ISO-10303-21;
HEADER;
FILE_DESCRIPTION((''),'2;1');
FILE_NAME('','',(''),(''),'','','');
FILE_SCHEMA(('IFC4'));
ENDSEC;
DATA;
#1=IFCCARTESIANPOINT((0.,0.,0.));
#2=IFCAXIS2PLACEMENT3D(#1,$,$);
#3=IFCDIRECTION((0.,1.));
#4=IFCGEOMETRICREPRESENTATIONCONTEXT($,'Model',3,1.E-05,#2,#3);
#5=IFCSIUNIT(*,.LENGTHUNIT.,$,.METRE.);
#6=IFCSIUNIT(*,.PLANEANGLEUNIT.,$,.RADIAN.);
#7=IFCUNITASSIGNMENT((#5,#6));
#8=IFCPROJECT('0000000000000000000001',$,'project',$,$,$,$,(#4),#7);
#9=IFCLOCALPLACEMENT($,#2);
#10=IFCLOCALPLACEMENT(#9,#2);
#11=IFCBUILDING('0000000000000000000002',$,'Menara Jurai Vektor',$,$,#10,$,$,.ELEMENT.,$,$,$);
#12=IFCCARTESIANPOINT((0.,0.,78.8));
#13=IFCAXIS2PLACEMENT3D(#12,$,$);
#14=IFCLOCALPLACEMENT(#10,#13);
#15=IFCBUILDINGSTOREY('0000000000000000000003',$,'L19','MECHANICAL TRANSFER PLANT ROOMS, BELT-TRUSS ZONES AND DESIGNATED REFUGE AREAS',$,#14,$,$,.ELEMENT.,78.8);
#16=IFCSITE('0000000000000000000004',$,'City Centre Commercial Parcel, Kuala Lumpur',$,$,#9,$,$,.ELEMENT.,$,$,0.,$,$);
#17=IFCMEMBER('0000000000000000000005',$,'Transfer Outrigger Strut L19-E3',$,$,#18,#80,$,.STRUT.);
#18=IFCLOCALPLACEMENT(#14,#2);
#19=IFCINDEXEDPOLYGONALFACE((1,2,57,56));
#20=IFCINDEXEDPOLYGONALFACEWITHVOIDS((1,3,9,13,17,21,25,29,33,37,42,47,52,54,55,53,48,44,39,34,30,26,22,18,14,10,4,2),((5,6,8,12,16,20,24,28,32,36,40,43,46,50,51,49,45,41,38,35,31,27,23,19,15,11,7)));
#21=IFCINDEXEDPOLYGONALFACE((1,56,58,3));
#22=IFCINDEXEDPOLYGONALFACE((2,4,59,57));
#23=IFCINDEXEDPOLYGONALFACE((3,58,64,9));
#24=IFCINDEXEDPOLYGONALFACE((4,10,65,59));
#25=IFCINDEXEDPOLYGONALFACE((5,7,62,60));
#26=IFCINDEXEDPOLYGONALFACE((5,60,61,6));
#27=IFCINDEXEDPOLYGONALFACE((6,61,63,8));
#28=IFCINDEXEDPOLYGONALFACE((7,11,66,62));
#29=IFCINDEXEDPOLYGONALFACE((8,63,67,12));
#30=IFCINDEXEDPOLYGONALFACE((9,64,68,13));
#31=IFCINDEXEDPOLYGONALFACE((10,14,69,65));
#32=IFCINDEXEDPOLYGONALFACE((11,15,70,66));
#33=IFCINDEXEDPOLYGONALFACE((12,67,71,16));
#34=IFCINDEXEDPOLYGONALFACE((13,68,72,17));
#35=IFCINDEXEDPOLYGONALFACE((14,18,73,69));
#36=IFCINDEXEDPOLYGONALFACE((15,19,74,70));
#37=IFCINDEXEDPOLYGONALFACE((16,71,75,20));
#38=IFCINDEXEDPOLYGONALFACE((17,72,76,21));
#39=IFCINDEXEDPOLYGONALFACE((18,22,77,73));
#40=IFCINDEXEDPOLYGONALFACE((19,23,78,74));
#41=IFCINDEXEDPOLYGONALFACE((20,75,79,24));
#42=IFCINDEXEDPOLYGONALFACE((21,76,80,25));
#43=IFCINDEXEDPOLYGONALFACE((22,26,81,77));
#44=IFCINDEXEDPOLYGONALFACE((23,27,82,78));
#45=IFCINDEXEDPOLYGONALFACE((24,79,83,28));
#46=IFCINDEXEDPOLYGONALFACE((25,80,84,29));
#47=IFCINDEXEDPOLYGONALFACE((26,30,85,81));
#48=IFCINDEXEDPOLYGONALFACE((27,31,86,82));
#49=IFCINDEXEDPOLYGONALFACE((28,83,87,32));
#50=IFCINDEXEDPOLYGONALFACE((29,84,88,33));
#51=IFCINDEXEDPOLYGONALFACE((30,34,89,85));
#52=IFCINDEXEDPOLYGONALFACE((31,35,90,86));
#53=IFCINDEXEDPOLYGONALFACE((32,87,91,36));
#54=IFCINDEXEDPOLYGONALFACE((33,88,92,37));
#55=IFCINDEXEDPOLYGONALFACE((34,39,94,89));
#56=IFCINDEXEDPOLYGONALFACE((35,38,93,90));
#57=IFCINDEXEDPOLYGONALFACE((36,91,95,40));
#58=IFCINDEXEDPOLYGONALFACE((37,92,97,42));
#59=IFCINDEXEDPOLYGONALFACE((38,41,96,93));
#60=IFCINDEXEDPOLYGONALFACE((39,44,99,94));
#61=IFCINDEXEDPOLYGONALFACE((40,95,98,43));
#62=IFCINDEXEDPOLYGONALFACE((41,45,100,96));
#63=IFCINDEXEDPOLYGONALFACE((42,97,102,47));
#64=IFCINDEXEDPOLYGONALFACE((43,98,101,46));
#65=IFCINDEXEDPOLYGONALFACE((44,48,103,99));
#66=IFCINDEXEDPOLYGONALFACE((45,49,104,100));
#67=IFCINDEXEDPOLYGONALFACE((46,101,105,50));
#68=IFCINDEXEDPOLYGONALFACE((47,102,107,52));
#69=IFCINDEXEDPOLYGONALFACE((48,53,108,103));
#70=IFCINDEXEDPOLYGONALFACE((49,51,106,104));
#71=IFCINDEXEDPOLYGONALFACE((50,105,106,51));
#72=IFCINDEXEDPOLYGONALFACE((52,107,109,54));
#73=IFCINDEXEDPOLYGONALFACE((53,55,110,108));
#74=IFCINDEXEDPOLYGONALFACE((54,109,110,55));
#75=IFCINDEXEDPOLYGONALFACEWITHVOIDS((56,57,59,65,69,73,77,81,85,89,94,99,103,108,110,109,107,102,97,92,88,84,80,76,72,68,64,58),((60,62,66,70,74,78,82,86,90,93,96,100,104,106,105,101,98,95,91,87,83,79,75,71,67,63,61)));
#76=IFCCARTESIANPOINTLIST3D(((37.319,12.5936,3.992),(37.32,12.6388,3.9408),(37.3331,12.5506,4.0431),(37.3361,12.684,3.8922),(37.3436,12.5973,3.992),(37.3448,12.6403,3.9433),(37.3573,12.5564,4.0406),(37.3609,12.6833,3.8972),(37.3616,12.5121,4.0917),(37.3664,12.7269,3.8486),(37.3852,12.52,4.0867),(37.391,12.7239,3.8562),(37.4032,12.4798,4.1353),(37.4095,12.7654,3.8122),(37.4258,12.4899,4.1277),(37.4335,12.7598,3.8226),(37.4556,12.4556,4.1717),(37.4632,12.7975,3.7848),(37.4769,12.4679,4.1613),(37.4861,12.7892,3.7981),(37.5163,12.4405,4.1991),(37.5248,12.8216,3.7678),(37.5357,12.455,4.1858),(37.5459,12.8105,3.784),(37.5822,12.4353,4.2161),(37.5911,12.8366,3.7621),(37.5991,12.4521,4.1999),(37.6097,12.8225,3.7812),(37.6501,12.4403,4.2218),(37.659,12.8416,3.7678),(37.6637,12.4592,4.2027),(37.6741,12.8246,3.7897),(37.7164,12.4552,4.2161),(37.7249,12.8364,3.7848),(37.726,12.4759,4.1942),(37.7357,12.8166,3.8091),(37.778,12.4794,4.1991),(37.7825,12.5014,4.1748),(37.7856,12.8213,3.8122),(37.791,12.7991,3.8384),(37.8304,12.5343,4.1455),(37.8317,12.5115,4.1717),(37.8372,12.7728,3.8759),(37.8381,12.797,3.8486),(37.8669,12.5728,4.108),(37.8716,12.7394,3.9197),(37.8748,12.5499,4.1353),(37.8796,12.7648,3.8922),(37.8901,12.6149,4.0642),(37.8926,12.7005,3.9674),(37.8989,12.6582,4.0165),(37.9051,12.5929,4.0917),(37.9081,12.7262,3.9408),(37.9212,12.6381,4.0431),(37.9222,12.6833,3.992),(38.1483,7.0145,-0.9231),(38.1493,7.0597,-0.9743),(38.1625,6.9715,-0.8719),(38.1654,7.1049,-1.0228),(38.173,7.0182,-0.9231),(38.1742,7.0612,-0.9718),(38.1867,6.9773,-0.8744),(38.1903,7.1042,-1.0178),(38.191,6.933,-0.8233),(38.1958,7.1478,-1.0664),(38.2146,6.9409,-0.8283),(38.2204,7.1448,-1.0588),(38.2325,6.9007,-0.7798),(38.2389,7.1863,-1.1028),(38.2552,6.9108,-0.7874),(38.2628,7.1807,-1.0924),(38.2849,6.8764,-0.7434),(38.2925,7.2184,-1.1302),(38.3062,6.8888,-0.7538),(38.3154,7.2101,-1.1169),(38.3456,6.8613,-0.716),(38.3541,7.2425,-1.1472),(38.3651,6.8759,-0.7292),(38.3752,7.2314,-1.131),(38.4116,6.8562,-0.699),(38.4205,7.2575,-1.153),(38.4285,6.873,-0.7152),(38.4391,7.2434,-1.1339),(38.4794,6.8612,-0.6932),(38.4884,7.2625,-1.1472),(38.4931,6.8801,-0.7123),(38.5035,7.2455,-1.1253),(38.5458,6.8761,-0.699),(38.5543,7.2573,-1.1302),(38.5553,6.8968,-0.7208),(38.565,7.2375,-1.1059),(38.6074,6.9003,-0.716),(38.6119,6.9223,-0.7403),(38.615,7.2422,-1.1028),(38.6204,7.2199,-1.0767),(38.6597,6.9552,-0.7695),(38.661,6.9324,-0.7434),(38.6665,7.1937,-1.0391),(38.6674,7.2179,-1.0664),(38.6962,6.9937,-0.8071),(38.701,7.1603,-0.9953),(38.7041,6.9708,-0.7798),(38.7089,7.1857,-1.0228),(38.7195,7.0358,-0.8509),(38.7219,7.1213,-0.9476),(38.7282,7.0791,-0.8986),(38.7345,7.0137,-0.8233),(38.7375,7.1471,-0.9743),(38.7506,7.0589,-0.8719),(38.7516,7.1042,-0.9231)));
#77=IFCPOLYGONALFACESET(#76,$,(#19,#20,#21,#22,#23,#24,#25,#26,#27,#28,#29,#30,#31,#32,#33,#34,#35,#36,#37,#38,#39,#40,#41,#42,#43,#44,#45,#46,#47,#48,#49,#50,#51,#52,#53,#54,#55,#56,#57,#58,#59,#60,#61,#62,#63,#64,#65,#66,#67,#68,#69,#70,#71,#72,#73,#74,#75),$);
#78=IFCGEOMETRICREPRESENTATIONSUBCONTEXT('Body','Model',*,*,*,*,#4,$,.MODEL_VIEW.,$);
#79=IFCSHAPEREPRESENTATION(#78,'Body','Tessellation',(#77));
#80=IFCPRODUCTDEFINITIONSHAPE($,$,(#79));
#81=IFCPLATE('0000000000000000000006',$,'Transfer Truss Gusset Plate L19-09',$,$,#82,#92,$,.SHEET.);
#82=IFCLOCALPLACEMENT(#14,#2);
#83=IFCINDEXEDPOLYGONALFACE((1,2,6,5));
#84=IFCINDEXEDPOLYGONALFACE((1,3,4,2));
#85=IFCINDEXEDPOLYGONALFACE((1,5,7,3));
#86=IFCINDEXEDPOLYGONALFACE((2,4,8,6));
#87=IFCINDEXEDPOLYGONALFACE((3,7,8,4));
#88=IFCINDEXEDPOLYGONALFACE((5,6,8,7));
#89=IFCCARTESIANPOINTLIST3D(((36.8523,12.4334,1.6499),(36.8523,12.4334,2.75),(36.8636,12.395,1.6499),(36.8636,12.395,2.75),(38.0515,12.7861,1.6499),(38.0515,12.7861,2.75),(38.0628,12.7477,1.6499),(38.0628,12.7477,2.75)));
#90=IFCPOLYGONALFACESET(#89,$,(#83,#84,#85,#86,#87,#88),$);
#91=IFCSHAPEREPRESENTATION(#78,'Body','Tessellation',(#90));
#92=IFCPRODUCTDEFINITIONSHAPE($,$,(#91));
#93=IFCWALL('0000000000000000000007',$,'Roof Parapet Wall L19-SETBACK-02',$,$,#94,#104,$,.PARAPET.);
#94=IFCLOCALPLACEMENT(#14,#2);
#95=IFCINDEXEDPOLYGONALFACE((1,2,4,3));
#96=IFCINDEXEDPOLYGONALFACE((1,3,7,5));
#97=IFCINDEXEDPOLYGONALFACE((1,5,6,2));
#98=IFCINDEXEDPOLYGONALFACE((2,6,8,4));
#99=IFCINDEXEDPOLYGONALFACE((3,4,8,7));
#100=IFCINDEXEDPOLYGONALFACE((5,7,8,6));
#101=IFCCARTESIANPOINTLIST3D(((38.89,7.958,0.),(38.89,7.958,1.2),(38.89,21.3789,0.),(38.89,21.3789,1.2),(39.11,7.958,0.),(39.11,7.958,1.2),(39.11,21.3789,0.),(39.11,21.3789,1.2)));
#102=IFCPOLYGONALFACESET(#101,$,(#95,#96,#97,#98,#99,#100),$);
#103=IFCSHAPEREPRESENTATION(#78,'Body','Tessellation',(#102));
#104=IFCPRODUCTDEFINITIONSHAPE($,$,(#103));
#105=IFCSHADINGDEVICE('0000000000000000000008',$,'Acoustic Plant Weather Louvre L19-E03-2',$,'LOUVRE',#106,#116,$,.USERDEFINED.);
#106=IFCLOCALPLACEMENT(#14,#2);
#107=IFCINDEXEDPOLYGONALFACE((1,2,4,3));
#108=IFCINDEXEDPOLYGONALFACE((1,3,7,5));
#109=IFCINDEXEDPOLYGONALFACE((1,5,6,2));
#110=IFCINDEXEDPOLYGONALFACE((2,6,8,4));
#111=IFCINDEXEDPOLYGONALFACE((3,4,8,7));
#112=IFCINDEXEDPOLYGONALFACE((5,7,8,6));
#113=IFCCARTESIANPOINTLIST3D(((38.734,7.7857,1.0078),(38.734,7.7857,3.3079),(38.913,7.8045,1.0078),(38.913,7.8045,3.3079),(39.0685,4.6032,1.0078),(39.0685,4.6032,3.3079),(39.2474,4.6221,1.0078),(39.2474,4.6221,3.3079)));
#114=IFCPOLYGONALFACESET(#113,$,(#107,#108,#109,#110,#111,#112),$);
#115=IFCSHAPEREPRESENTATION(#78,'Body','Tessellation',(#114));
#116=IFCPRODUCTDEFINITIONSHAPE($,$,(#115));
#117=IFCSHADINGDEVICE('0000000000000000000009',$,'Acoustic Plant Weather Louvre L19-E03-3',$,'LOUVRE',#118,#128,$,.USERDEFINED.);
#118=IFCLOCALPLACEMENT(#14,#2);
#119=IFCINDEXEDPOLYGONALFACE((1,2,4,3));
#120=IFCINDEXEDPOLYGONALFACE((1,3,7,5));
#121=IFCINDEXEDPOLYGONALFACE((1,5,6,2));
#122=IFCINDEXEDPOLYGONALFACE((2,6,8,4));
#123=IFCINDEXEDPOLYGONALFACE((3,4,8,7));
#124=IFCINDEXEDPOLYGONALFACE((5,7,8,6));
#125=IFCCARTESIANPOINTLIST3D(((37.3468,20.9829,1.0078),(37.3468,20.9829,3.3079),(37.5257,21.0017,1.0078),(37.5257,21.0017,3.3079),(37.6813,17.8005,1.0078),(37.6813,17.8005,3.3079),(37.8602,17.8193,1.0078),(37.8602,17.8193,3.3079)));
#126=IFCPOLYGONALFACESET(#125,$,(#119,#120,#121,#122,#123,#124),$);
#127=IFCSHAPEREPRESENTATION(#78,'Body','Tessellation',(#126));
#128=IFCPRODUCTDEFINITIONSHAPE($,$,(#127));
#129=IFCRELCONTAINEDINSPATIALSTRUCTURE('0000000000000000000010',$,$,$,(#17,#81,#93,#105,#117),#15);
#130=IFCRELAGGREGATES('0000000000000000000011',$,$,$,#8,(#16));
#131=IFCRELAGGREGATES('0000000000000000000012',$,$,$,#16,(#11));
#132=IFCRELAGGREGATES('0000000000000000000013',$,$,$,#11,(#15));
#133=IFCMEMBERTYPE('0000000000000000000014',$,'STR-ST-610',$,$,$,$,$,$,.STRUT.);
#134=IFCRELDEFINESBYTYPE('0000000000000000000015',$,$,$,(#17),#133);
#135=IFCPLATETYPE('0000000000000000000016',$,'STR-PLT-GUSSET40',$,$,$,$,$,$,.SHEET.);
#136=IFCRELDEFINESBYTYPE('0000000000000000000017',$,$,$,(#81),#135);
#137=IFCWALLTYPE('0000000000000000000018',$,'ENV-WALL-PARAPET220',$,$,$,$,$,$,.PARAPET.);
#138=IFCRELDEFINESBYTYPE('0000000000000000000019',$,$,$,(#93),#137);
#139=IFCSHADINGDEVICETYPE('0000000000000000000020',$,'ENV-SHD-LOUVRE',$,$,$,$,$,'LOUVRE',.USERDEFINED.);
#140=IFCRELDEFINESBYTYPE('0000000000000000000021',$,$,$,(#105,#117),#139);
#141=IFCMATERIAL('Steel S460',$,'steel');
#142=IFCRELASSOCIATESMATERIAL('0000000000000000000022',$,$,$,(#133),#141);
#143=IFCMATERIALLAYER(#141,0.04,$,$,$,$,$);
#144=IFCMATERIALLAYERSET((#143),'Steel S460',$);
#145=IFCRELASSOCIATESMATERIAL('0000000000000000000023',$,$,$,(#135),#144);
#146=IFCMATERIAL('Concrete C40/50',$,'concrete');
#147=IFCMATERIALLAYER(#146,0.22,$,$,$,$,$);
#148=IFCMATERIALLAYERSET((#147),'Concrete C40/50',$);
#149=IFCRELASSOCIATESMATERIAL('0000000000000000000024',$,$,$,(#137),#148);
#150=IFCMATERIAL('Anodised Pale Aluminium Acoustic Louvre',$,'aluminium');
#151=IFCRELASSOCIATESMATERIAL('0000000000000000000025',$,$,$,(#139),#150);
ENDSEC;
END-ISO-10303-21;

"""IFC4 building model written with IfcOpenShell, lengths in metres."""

from ifc_helpers import new_model, si_unit, direction, frame, frame_2d, origin, origin_2d, place, context, subcontext, project, spatial, rectangle, hollow_circle, extrude, material, layer, layer_set, material_profile, profile_set, type_object, element, save


model = new_model("IFC4")

# Units and contexts
model_context = context("Model", 3, precision=1e-05, world=origin(), true_north=direction((0.0, 1.0)))
body_context = subcontext(model_context, "Body", "Model", "MODEL_VIEW")
ifc_project = project(units=[si_unit("LENGTHUNIT", "METRE"), si_unit("PLANEANGLEUNIT", "RADIAN")], contexts=[model_context])

# Site, building, storey
site_placement = place(None, origin())
site = spatial("IfcSite", under=ifc_project, at=site_placement, Name="City Centre Commercial Parcel, Kuala Lumpur", CompositionType="ELEMENT", RefElevation=0.0)
building_placement = place(site_placement, origin())
building = spatial("IfcBuilding", under=site, at=building_placement, Name="Menara Jurai Vektor", CompositionType="ELEMENT")
storey_placement = place(building_placement, frame((0.0, 0.0, 78.8)))
storey = spatial("IfcBuildingStorey", under=building, at=storey_placement, Name="L19", Description="MECHANICAL TRANSFER PLANT ROOMS, BELT-TRUSS ZONES AND DESIGNATED REFUGE AREAS", CompositionType="ELEMENT", Elevation=78.8)

# Shared definitions
ifc_material_1 = material(Name="Steel S460", Category="steel")

# Member
ifc_material_profile_1 = material_profile(ifc_material_1, hollow_circle(Radius=0.3049, WallThickness=0.0249, at=origin_2d()), Name="CHS 610x25")
ifc_profile_set_1 = profile_set([ifc_material_profile_1], Name="Steel S460")
member_type_1 = type_object("IfcMemberType", Name="STR-ST-610", PredefinedType="STRUT", material=ifc_profile_set_1)
member_1_placement = place(storey_placement, frame((38.45, 7.0593, -0.9231), z_axis=(-0.110854, 0.745727, 0.656965), x_axis=(-0.989131, -0.147037, 0.0)))
element("IfcMember", 1, at=member_1_placement, inside=storey, type_object=member_type_1, Name="Transfer Outrigger Strut L19-E3", PredefinedType="STRUT", context=body_context, shape_type="SweptSolid", body=[
    extrude(hollow_circle(Radius=0.3049, WallThickness=0.0249, at=origin_2d()), origin(), (0.0, 0.0, 1.0), 7.4814),
])

# Plate
ifc_layer_1 = layer(ifc_material_1, 0.04)
ifc_layer_set_1 = layer_set([ifc_layer_1], Name="Steel S460")
plate_type = type_object("IfcPlateType", Name="STR-PLT-GUSSET40", PredefinedType="SHEET", material=ifc_layer_set_1)
plate_placement = place(storey_placement, frame((37.4575, 12.5906, 1.6499), z_axis=(0.0, 0.0, 1.0), x_axis=(-0.959363, -0.282174, 0.0)))
element("IfcPlate", 2, at=plate_placement, inside=storey, type_object=plate_type, Name="Transfer Truss Gusset Plate L19-09", PredefinedType="SHEET", context=body_context, shape_type="SweptSolid", body=[
    extrude(rectangle(XDim=1.25, YDim=0.04, at=origin_2d()), origin(), (0.0, 0.0, 1.0), 1.1001),
])

# Wall
ifc_material_2 = material(Name="Concrete C40/50", Category="concrete")
ifc_layer_2 = layer(ifc_material_2, 0.22)
ifc_layer_set_2 = layer_set([ifc_layer_2], Name="Concrete C40/50")
wall_type = type_object("IfcWallType", Name="ENV-WALL-PARAPET220", PredefinedType="PARAPET", material=ifc_layer_set_2)
wall_placement = place(storey_placement, frame((39.0, 7.958, 0.0), z_axis=(0.0, 0.0, 1.0), x_axis=(0.0, 1.0, 0.0)))
element("IfcWall", 3, at=wall_placement, inside=storey, type_object=wall_type, Name="Roof Parapet Wall L19-SETBACK-02", PredefinedType="PARAPET", context=body_context, shape_type="SweptSolid", body=[
    extrude(rectangle(XDim=13.4209, YDim=0.22, at=frame_2d((6.7104, 0.0))), origin(), (0.0, 0.0, 1.0), 1.2),
])

# Shading devices
ifc_material_3 = material(Name="Anodised Pale Aluminium Acoustic Louvre", Category="aluminium")
shading_device_type = type_object("IfcShadingDeviceType", Name="ENV-SHD-LOUVRE", ElementType="LOUVRE", PredefinedType="USERDEFINED", material=ifc_material_3)
for number, where, z_axis, x_axis, name in (
    (4, (38.9907, 6.2039, 1.0078), (0.0, 0.0, 1.0), (-0.104528, 0.994522, 0.0), "Acoustic Plant Weather Louvre L19-E03-2"),
    (5, (37.6035, 19.4011, 1.0078), (0.0, 0.0, 1.0), (-0.104528, 0.994522, 0.0), "Acoustic Plant Weather Louvre L19-E03-3"),
):
    element("IfcShadingDevice", number, at=place(storey_placement, frame(where, z_axis=z_axis, x_axis=x_axis)), inside=storey, type_object=shading_device_type, Name=name, ObjectType="LOUVRE", PredefinedType="USERDEFINED", context=body_context, shape_type="SweptSolid", body=[
        extrude(rectangle(XDim=3.2, YDim=0.1799, at=origin_2d()), origin(), (0.0, 0.0, 1.0), 2.3),
    ])

save(model, "model.ifc")
